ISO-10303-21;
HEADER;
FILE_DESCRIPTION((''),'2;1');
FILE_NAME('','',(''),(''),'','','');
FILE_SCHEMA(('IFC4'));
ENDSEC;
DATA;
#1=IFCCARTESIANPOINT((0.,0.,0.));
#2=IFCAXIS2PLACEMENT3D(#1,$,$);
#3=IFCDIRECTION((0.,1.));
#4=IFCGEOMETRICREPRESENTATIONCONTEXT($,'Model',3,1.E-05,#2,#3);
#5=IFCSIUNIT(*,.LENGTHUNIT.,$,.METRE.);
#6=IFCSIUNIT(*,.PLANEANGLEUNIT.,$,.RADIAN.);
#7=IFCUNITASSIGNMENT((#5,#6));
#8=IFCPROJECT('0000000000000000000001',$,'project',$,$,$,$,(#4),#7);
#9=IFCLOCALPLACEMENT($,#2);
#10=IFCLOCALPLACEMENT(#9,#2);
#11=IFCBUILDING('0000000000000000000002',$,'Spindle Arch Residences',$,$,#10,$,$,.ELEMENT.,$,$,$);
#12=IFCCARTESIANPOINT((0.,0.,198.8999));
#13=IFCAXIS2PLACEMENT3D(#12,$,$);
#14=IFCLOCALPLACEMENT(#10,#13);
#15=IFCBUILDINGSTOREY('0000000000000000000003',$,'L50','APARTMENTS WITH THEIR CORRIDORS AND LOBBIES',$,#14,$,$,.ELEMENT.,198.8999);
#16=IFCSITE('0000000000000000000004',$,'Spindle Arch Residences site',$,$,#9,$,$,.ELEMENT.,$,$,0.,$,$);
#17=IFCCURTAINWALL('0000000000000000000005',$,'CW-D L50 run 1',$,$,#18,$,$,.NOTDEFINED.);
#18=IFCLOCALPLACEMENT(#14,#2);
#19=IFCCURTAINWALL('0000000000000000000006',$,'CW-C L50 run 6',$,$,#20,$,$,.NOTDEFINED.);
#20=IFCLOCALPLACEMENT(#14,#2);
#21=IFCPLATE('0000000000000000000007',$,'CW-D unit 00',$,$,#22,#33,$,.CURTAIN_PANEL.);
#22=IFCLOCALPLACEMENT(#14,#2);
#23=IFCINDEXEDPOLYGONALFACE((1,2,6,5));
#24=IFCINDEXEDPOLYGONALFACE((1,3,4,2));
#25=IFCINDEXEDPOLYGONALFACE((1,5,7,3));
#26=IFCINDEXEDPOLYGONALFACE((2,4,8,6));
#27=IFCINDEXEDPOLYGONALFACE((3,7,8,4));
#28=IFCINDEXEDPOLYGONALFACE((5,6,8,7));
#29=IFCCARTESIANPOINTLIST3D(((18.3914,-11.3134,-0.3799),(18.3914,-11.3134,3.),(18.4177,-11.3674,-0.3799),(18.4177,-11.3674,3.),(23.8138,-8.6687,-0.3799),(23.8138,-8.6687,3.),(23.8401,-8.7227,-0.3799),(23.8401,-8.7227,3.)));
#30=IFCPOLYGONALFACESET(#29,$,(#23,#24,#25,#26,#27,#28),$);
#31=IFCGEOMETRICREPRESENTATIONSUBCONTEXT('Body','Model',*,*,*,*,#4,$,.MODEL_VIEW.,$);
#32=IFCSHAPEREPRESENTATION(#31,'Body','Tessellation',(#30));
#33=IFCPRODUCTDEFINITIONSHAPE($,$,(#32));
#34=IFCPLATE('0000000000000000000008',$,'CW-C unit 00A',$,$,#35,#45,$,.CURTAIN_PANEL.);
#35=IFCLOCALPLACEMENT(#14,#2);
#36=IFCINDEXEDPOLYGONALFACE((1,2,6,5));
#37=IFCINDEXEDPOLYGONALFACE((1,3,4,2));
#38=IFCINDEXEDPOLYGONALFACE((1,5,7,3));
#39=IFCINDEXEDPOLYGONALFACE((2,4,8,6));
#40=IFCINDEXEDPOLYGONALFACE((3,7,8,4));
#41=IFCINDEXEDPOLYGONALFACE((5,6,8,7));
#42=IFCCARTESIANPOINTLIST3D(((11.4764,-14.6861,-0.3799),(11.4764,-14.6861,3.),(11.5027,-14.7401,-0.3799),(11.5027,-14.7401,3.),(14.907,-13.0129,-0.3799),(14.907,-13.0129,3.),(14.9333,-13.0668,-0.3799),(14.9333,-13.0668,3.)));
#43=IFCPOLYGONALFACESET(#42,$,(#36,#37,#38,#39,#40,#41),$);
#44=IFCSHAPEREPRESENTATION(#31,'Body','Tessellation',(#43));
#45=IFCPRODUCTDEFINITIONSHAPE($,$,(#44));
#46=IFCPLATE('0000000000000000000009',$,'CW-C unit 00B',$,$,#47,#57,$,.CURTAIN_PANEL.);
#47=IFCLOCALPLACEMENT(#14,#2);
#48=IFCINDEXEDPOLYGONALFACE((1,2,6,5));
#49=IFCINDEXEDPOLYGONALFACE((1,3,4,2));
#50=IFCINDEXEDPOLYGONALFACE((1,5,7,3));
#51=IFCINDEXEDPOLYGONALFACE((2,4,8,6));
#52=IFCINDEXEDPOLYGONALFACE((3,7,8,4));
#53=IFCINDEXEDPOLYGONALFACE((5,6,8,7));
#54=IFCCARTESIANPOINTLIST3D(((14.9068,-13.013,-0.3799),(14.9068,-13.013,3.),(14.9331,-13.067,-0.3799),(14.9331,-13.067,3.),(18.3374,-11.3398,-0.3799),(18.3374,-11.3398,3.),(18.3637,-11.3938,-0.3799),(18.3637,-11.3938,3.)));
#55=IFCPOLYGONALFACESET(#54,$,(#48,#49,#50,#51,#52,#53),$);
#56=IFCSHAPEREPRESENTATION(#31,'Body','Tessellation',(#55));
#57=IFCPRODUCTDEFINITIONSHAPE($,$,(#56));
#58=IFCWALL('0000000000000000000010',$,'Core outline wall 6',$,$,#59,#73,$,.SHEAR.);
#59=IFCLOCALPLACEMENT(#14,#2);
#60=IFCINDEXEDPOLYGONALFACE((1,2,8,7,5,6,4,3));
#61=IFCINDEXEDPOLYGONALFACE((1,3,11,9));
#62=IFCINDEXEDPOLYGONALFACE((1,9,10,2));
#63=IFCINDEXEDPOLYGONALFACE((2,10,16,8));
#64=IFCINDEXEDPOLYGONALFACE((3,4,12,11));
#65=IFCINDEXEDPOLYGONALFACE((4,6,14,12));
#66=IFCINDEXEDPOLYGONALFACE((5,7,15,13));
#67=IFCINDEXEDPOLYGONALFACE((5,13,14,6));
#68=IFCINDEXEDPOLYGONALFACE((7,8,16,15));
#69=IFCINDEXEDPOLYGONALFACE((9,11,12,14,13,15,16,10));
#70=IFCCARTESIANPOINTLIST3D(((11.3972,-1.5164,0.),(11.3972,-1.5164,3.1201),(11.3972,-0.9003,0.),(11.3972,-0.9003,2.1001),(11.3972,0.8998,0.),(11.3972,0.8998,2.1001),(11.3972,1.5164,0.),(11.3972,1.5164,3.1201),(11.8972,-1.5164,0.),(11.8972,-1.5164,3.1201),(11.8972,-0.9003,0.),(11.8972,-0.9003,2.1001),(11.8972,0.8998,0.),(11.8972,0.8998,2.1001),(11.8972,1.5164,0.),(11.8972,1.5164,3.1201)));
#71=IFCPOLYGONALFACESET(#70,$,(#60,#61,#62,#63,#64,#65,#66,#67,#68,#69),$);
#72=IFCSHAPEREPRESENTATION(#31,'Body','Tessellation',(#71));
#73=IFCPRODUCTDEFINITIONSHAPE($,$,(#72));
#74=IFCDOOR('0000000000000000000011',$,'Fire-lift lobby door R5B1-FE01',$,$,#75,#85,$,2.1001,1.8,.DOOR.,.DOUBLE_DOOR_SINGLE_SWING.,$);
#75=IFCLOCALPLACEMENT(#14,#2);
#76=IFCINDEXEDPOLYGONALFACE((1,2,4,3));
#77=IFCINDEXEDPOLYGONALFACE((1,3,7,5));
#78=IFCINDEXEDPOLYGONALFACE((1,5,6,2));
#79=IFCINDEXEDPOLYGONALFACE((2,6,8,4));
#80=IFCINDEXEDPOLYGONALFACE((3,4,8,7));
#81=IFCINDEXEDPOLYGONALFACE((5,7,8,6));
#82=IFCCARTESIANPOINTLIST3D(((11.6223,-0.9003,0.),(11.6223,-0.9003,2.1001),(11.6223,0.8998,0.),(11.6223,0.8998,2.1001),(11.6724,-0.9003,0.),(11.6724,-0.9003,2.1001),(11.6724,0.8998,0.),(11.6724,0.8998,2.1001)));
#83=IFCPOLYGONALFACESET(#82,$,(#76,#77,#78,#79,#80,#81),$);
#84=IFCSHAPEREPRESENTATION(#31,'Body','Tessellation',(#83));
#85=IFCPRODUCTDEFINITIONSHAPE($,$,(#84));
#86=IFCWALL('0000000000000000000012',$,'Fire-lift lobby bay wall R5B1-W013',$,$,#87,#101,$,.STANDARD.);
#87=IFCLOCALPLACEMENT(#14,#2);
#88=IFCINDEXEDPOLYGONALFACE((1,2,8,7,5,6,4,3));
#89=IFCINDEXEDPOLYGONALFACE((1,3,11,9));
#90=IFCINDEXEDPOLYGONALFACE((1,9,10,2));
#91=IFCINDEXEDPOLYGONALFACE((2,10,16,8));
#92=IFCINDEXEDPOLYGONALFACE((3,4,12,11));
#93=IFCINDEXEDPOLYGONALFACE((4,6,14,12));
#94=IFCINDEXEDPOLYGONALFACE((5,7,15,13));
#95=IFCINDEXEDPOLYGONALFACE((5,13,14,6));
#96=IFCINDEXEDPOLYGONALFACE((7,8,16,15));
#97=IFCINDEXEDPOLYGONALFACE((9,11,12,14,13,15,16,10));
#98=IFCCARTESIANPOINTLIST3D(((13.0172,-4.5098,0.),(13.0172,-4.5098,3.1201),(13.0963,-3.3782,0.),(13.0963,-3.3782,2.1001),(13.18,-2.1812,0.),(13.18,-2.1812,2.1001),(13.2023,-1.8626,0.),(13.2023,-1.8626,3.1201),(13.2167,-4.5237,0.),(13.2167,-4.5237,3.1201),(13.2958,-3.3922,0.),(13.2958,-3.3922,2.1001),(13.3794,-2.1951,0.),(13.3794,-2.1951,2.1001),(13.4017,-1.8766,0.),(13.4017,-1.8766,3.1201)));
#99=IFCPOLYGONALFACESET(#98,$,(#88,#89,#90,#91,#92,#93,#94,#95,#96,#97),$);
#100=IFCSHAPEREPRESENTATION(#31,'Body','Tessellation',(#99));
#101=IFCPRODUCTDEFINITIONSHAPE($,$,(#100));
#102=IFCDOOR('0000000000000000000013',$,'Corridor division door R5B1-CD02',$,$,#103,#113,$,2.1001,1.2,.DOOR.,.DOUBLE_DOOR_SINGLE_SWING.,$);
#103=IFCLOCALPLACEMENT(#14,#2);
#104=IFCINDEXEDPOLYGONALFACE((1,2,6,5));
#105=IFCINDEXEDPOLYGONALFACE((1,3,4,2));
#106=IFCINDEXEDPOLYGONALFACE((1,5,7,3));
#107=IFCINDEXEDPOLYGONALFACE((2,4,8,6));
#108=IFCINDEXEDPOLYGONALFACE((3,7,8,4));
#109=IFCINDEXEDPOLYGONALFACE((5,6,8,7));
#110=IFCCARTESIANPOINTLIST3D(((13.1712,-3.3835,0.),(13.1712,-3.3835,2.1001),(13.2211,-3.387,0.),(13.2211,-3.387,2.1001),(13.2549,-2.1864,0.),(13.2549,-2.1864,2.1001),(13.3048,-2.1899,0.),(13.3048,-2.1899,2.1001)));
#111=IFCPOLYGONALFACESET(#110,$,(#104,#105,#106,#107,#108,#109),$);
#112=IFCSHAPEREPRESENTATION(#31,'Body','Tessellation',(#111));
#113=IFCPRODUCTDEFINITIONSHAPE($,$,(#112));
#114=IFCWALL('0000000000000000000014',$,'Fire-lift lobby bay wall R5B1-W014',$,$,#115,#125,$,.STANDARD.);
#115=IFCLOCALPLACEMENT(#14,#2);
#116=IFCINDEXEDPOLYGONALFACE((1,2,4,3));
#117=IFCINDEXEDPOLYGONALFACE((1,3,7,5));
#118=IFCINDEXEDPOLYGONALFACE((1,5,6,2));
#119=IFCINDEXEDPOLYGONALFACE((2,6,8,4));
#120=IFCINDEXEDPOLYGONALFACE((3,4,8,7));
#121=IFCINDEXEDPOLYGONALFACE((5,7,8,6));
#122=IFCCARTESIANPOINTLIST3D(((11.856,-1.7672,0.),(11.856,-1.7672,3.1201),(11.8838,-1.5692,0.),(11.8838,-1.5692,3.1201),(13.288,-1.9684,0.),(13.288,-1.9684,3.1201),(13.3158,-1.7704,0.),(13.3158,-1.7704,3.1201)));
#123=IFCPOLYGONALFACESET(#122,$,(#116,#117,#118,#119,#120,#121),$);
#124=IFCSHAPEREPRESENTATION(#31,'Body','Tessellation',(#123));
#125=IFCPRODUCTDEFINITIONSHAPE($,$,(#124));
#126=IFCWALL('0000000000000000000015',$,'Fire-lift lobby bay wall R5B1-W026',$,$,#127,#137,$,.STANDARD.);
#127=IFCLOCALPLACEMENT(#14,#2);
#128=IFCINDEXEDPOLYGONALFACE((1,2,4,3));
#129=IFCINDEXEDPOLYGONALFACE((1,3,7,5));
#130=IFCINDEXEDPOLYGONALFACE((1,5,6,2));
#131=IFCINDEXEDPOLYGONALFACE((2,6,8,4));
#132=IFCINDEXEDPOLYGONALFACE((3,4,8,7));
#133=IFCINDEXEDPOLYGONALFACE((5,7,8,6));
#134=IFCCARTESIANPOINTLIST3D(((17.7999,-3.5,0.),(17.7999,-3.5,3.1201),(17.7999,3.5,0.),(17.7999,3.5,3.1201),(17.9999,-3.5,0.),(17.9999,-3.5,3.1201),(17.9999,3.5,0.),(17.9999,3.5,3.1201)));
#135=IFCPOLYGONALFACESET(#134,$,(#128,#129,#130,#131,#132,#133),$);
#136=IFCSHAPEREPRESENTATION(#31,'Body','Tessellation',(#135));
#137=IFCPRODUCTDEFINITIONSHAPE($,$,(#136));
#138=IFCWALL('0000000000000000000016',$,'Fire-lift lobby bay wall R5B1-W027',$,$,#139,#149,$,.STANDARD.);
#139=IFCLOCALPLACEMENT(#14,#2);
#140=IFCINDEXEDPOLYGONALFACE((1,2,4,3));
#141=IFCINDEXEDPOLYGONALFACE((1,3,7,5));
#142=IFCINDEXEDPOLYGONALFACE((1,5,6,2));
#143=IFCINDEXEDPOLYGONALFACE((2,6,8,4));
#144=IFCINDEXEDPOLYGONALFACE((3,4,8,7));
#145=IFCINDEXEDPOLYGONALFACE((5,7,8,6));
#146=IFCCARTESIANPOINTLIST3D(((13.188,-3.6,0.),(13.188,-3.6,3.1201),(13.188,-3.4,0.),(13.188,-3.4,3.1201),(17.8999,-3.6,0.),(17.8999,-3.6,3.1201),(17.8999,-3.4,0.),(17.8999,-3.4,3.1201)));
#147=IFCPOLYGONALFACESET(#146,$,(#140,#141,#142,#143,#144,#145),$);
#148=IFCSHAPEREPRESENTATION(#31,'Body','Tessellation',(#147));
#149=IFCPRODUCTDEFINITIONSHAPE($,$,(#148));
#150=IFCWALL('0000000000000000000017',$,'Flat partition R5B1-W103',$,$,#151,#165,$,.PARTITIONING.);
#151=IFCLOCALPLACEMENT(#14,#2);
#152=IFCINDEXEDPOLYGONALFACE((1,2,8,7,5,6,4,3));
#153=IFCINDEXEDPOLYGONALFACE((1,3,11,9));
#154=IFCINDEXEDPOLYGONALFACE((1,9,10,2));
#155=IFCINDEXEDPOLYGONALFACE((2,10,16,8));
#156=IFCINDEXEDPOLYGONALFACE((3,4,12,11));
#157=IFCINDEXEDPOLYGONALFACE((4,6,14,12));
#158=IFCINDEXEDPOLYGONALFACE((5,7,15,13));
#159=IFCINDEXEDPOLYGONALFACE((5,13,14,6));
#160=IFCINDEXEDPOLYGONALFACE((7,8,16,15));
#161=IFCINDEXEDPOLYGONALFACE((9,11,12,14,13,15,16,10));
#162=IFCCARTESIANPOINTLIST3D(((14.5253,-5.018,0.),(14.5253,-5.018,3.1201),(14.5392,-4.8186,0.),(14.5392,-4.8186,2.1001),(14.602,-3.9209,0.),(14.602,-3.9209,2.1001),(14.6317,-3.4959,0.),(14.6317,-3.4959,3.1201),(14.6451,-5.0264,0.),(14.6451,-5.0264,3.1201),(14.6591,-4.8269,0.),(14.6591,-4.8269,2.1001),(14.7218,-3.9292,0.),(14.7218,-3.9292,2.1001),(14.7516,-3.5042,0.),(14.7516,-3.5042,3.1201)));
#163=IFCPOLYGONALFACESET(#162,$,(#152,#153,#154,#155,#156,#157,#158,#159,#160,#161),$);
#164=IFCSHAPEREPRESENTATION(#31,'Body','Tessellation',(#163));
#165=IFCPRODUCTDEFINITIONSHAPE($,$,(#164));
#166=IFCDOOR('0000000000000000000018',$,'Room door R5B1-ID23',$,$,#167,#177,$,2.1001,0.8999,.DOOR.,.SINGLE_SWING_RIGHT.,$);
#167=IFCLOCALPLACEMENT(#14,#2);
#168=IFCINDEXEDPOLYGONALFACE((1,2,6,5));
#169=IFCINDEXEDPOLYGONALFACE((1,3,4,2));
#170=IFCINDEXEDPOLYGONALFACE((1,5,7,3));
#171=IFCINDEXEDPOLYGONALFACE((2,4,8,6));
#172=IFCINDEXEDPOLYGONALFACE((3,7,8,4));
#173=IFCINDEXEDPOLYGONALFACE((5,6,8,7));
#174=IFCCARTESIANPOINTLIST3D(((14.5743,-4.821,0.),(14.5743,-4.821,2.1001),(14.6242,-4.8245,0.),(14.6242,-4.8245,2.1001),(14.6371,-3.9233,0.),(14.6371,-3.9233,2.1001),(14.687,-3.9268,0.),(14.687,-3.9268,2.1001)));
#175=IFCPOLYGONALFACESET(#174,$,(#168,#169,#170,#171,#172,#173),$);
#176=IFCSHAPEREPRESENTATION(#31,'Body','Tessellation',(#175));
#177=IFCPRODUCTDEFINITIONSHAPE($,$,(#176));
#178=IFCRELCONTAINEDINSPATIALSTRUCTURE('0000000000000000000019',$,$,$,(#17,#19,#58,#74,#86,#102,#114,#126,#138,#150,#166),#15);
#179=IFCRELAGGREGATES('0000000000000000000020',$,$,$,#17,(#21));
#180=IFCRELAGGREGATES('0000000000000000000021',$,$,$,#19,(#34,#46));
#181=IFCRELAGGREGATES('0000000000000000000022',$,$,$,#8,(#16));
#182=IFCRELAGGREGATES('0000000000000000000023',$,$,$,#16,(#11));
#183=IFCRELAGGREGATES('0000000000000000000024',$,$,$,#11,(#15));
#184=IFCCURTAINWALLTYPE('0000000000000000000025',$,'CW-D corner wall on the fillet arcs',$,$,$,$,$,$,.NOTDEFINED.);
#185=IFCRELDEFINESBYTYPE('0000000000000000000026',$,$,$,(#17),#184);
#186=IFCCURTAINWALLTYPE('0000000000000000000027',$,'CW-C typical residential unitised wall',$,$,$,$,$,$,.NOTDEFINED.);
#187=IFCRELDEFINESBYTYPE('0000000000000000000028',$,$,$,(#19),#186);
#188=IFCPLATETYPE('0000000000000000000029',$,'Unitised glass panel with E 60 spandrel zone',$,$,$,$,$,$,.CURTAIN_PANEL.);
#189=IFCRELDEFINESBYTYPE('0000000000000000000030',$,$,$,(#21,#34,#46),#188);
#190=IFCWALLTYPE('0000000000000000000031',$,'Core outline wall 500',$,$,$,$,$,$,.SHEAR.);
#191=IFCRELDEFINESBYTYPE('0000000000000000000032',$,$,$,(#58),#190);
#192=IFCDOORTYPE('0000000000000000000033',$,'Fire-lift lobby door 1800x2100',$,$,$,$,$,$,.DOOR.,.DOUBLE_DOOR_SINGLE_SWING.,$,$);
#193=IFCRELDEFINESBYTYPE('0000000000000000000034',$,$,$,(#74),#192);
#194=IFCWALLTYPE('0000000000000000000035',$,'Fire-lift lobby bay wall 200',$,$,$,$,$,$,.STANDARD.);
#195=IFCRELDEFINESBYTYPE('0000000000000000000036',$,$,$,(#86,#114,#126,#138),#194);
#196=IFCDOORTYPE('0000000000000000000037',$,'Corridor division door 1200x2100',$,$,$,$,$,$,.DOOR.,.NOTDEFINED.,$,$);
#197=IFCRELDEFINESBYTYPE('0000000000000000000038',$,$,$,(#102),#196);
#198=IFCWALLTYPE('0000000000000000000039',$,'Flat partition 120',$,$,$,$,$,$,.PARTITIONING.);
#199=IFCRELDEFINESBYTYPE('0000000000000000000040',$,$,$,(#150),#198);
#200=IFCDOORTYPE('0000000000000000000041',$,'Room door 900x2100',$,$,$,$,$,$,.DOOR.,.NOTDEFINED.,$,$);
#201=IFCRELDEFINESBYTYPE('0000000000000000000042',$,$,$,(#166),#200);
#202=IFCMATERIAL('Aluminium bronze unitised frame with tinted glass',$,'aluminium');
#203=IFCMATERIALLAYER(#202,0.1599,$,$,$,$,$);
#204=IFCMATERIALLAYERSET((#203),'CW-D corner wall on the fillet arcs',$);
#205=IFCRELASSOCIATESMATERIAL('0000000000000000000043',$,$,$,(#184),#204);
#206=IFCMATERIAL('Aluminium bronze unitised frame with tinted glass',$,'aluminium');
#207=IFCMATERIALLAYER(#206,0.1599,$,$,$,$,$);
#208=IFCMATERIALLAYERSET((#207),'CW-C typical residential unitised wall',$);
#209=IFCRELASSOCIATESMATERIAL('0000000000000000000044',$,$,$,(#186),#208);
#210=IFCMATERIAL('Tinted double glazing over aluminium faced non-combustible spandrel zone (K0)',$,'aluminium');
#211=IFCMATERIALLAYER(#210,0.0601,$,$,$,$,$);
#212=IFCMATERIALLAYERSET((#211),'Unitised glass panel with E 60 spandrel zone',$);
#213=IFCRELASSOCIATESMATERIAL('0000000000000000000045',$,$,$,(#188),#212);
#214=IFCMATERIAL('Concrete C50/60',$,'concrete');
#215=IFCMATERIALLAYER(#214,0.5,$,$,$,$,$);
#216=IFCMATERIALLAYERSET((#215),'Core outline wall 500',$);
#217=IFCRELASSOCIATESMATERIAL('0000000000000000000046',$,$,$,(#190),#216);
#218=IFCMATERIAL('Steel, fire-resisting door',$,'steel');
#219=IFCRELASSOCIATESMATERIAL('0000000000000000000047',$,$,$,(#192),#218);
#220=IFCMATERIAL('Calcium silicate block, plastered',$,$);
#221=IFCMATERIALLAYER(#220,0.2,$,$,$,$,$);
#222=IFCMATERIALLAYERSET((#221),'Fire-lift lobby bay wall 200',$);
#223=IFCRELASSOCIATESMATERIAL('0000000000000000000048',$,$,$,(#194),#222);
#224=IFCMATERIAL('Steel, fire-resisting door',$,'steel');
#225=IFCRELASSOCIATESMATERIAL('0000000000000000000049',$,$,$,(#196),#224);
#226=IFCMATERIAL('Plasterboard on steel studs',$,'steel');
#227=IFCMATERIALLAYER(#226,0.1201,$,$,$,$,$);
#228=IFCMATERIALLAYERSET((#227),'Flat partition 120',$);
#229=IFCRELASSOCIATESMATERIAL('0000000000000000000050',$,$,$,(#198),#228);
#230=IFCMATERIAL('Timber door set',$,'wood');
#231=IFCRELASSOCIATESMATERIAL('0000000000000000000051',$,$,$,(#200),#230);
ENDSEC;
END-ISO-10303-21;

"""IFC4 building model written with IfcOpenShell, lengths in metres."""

from ifc_helpers import new_model, si_unit, direction, frame, frame_2d, origin, origin_2d, place, context, subcontext, project, spatial, rectangle, extrude, material, layer, layer_set, type_object, element, fill, aggregate, save


model = new_model("IFC4")

# Units and contexts
model_context = context("Model", 3, precision=1e-05, world=origin(), true_north=direction((0.0, 1.0)))
body_context = subcontext(model_context, "Body", "Model", "MODEL_VIEW")
ifc_project = project(units=[si_unit("LENGTHUNIT", "METRE"), si_unit("PLANEANGLEUNIT", "RADIAN")], contexts=[model_context])

# Site, building, storey
site_placement = place(None, origin())
site = spatial("IfcSite", under=ifc_project, at=site_placement, Name="Spindle Arch Residences site", CompositionType="ELEMENT", RefElevation=0.0)
building_placement = place(site_placement, origin())
building = spatial("IfcBuilding", under=site, at=building_placement, Name="Spindle Arch Residences", CompositionType="ELEMENT")
storey_placement = place(building_placement, frame((0.0, 0.0, 198.8999)))
storey = spatial("IfcBuildingStorey", under=building, at=storey_placement, Name="L50", Description="APARTMENTS WITH THEIR CORRIDORS AND LOBBIES", CompositionType="ELEMENT", Elevation=198.8999)

# Curtain walls
ifc_material_1 = material(Name="Aluminium bronze unitised frame with tinted glass", Category="aluminium")
ifc_layer_1 = layer(ifc_material_1, 0.1599)
ifc_layer_set_1 = layer_set([ifc_layer_1], Name="CW-D corner wall on the fillet arcs")
curtain_wall_type_1 = type_object("IfcCurtainWallType", Name="CW-D corner wall on the fillet arcs", PredefinedType="NOTDEFINED", material=ifc_layer_set_1)
curtain_wall_1_placement = place(storey_placement, origin())
curtain_wall_1 = element("IfcCurtainWall", 1, at=curtain_wall_1_placement, inside=storey, type_object=curtain_wall_type_1, Name="CW-D L50 run 1", PredefinedType="NOTDEFINED")
ifc_material_2 = material(Name="Aluminium bronze unitised frame with tinted glass", Category="aluminium")
ifc_layer_2 = layer(ifc_material_2, 0.1599)
ifc_layer_set_2 = layer_set([ifc_layer_2], Name="CW-C typical residential unitised wall")
curtain_wall_type_2 = type_object("IfcCurtainWallType", Name="CW-C typical residential unitised wall", PredefinedType="NOTDEFINED", material=ifc_layer_set_2)
curtain_wall_2_placement = place(storey_placement, origin())
curtain_wall_2 = element("IfcCurtainWall", 2, at=curtain_wall_2_placement, inside=storey, type_object=curtain_wall_type_2, Name="CW-C L50 run 6", PredefinedType="NOTDEFINED")

# Plates
ifc_material_3 = material(Name="Tinted double glazing over aluminium faced non-combustible spandrel zone (K0)", Category="aluminium")
ifc_layer_3 = layer(ifc_material_3, 0.0601)
ifc_layer_set_3 = layer_set([ifc_layer_3], Name="Unitised glass panel with E 60 spandrel zone")
plate_type = type_object("IfcPlateType", Name="Unitised glass panel with E 60 spandrel zone", PredefinedType="CURTAIN_PANEL", material=ifc_layer_set_3)
plate_1_placement = place(storey_placement, frame((21.1157, -10.0181, -0.3799), z_axis=(0.0, 0.0, 1.0), x_axis=(0.898794, 0.438371, 0.0)))
plate_1 = element("IfcPlate", 3, at=plate_1_placement, type_object=plate_type, Name="CW-D unit 00", PredefinedType="CURTAIN_PANEL", context=body_context, shape_type="SweptSolid", body=[
    extrude(rectangle(XDim=6.033, YDim=0.0601, at=origin_2d()), origin(), (0.0, 0.0, 1.0), 3.3799),
])
aggregate(curtain_wall_1, [plate_1])
plate_2_placement = place(storey_placement, frame((13.2048, -13.8765, -0.3799), z_axis=(0.0, 0.0, 1.0), x_axis=(0.898794, 0.438371, 0.0)))
plate_2 = element("IfcPlate", 4, at=plate_2_placement, type_object=plate_type, Name="CW-C unit 00A", PredefinedType="CURTAIN_PANEL", context=body_context, shape_type="SweptSolid", body=[
    extrude(rectangle(XDim=3.8169, YDim=0.0601, at=origin_2d()), origin(), (0.0, 0.0, 1.0), 3.3799),
])
plate_3_placement = place(storey_placement, frame((16.6353, -12.2034, -0.3799), z_axis=(0.0, 0.0, 1.0), x_axis=(0.898794, 0.438371, 0.0)))
plate_3 = element("IfcPlate", 5, at=plate_3_placement, type_object=plate_type, Name="CW-C unit 00B", PredefinedType="CURTAIN_PANEL", context=body_context, shape_type="SweptSolid", body=[
    extrude(rectangle(XDim=3.8169, YDim=0.0601, at=origin_2d()), origin(), (0.0, 0.0, 1.0), 3.3799),
])
aggregate(curtain_wall_2, [plate_2, plate_3])

# Walls, openings, doors
ifc_material_4 = material(Name="Concrete C50/60", Category="concrete")
ifc_layer_4 = layer(ifc_material_4, 0.5)
ifc_layer_set_4 = layer_set([ifc_layer_4], Name="Core outline wall 500")
wall_type_1 = type_object("IfcWallType", Name="Core outline wall 500", PredefinedType="SHEAR", material=ifc_layer_set_4)
wall_1_placement = place(storey_placement, frame((11.6472, -1.5164, 0.0), z_axis=(0.0, 0.0, 1.0), x_axis=(0.0, 1.0, 0.0)))
wall_1 = element("IfcWall", 6, at=wall_1_placement, inside=storey, type_object=wall_type_1, Name="Core outline wall 6", PredefinedType="SHEAR", context=body_context, shape_type="SweptSolid", body=[
    extrude(rectangle(XDim=3.0327, YDim=0.5, at=frame_2d((1.5164, 0.0))), origin(), (0.0, 0.0, 1.0), 3.1201),
])
opening_1_placement = place(wall_1_placement, frame((0.6162, 0.0, 0.0)))
opening_1 = element("IfcOpeningElement", 7, at=opening_1_placement, cuts=wall_1, PredefinedType="OPENING", context=body_context, shape_type="SweptSolid", body=[
    extrude(rectangle(XDim=1.8, YDim=2.1001, at=frame_2d((0.8999, 1.05))), frame((0.0, 0.26, 0.0), z_axis=(0.0, -1.0, 0.0), x_axis=(1.0, 0.0, 0.0)), (0.0, 0.0, 1.0), 0.52),
])
ifc_material_5 = material(Name="Steel, fire-resisting door", Category="steel")
door_type_1 = type_object("IfcDoorType", Name="Fire-lift lobby door 1800x2100", OperationType="DOUBLE_DOOR_SINGLE_SWING", PredefinedType="DOOR", material=ifc_material_5)
door_1_placement = place(opening_1_placement, origin())
door_1 = element("IfcDoor", 8, at=door_1_placement, inside=storey, type_object=door_type_1, Name="Fire-lift lobby door R5B1-FE01", OperationType="DOUBLE_DOOR_SINGLE_SWING", OverallHeight=2.1001, OverallWidth=1.8, PredefinedType="DOOR", context=body_context, shape_type="SweptSolid", body=[
    extrude(rectangle(XDim=1.8, YDim=2.1001, at=frame_2d((0.8999, 1.05))), frame((0.0, 0.0249, 0.0), z_axis=(0.0, -1.0, 0.0), x_axis=(1.0, 0.0, 0.0)), (0.0, 0.0, 1.0), 0.05),
])
fill(opening_1, door_1)
ifc_material_6 = material(Name="Calcium silicate block, plastered")
ifc_layer_5 = layer(ifc_material_6, 0.2)
ifc_layer_set_5 = layer_set([ifc_layer_5], Name="Fire-lift lobby bay wall 200")
wall_type_2 = type_object("IfcWallType", Name="Fire-lift lobby bay wall 200", PredefinedType="STANDARD", material=ifc_layer_set_5)
wall_2_placement = place(storey_placement, frame((13.1169, -4.5166, 0.0), z_axis=(0.0, 0.0, 1.0), x_axis=(0.069737, 0.997565, 0.0)))
wall_2 = element("IfcWall", 9, at=wall_2_placement, inside=storey, type_object=wall_type_2, Name="Fire-lift lobby bay wall R5B1-W013", PredefinedType="STANDARD", context=body_context, shape_type="SweptSolid", body=[
    extrude(rectangle(XDim=2.6536, YDim=0.2, at=frame_2d((1.3267, 0.0))), origin(), (0.0, 0.0, 1.0), 3.1201),
])
opening_2_placement = place(wall_2_placement, frame((1.134, 0.0, 0.0)))
opening_2 = element("IfcOpeningElement", 10, at=opening_2_placement, cuts=wall_2, PredefinedType="OPENING", context=body_context, shape_type="SweptSolid", body=[
    extrude(rectangle(XDim=1.2, YDim=2.1001, at=frame_2d((0.6001, 1.05))), frame((0.0, 0.1099, 0.0), z_axis=(0.0, -1.0, 0.0), x_axis=(1.0, 0.0, 0.0)), (0.0, 0.0, 1.0), 0.22),
])
ifc_material_7 = material(Name="Steel, fire-resisting door", Category="steel")
door_type_2 = type_object("IfcDoorType", Name="Corridor division door 1200x2100", OperationType="NOTDEFINED", PredefinedType="DOOR", material=ifc_material_7)
door_2_placement = place(opening_2_placement, origin())
door_2 = element("IfcDoor", 11, at=door_2_placement, inside=storey, type_object=door_type_2, Name="Corridor division door R5B1-CD02", OperationType="DOUBLE_DOOR_SINGLE_SWING", OverallHeight=2.1001, OverallWidth=1.2, PredefinedType="DOOR", context=body_context, shape_type="SweptSolid", body=[
    extrude(rectangle(XDim=1.2, YDim=2.1001, at=frame_2d((0.6001, 1.05))), frame((0.0, 0.0249, 0.0), z_axis=(0.0, -1.0, 0.0), x_axis=(1.0, 0.0, 0.0)), (0.0, 0.0, 1.0), 0.05),
])
fill(opening_2, door_2)

# Walls
wall_3_placement = place(storey_placement, frame((13.302, -1.8694, 0.0), z_axis=(0.0, 0.0, 1.0), x_axis=(-0.990274, 0.139128, 0.0)))
element("IfcWall", 12, at=wall_3_placement, inside=storey, type_object=wall_type_2, Name="Fire-lift lobby bay wall R5B1-W014", PredefinedType="STANDARD", context=body_context, shape_type="SweptSolid", body=[
    extrude(rectangle(XDim=1.446, YDim=0.2, at=frame_2d((0.7231, 0.0))), origin(), (0.0, 0.0, 1.0), 3.1201),
])
wall_4_placement = place(storey_placement, frame((17.8999, -3.5, 0.0), z_axis=(0.0, 0.0, 1.0), x_axis=(0.0, 1.0, 0.0)))
element("IfcWall", 13, at=wall_4_placement, inside=storey, type_object=wall_type_2, Name="Fire-lift lobby bay wall R5B1-W026", PredefinedType="STANDARD", context=body_context, shape_type="SweptSolid", body=[
    extrude(rectangle(XDim=7.0, YDim=0.2, at=frame_2d((3.5, 0.0))), origin(), (0.0, 0.0, 1.0), 3.1201),
])
wall_5_placement = place(storey_placement, frame((13.188, -3.5, 0.0), z_axis=(0.0, 0.0, 1.0), x_axis=(1.0, 0.0, 0.0)))
element("IfcWall", 14, at=wall_5_placement, inside=storey, type_object=wall_type_2, Name="Fire-lift lobby bay wall R5B1-W027", PredefinedType="STANDARD", context=body_context, shape_type="SweptSolid", body=[
    extrude(rectangle(XDim=4.7119, YDim=0.2, at=frame_2d((2.356, 0.0))), origin(), (0.0, 0.0, 1.0), 3.1201),
])

# Wall, opening, door
ifc_material_8 = material(Name="Plasterboard on steel studs", Category="steel")
ifc_layer_6 = layer(ifc_material_8, 0.1201)
ifc_layer_set_6 = layer_set([ifc_layer_6], Name="Flat partition 120")
wall_type_3 = type_object("IfcWallType", Name="Flat partition 120", PredefinedType="PARTITIONING", material=ifc_layer_set_6)
wall_6_placement = place(storey_placement, frame((14.5852, -5.0222, 0.0), z_axis=(0.0, 0.0, 1.0), x_axis=(0.069757, 0.997564, 0.0)))
wall_6 = element("IfcWall", 15, at=wall_6_placement, inside=storey, type_object=wall_type_3, Name="Flat partition R5B1-W103", PredefinedType="PARTITIONING", context=body_context, shape_type="SweptSolid", body=[
    extrude(rectangle(XDim=1.5259, YDim=0.1201, at=frame_2d((0.7629, 0.0))), origin(), (0.0, 0.0, 1.0), 3.1201),
])
opening_3_placement = place(wall_6_placement, frame((0.2, 0.0, 0.0)))
opening_3 = element("IfcOpeningElement", 16, at=opening_3_placement, cuts=wall_6, PredefinedType="OPENING", context=body_context, shape_type="SweptSolid", body=[
    extrude(rectangle(XDim=0.8999, YDim=2.1001, at=frame_2d((0.45, 1.05))), frame((0.0, 0.0701, 0.0), z_axis=(0.0, -1.0, 0.0), x_axis=(1.0, 0.0, 0.0)), (0.0, 0.0, 1.0), 0.1401),
])
ifc_material_9 = material(Name="Timber door set", Category="wood")
door_type_3 = type_object("IfcDoorType", Name="Room door 900x2100", OperationType="NOTDEFINED", PredefinedType="DOOR", material=ifc_material_9)
door_3_placement = place(opening_3_placement, origin())
door_3 = element("IfcDoor", 17, at=door_3_placement, inside=storey, type_object=door_type_3, Name="Room door R5B1-ID23", OperationType="SINGLE_SWING_RIGHT", OverallHeight=2.1001, OverallWidth=0.8999, PredefinedType="DOOR", context=body_context, shape_type="SweptSolid", body=[
    extrude(rectangle(XDim=0.8999, YDim=2.1001, at=frame_2d((0.45, 1.05))), frame((0.0, 0.0249, 0.0), z_axis=(0.0, -1.0, 0.0), x_axis=(1.0, 0.0, 0.0)), (0.0, 0.0, 1.0), 0.05),
])
fill(opening_3, door_3)

save(model, "model.ifc")
